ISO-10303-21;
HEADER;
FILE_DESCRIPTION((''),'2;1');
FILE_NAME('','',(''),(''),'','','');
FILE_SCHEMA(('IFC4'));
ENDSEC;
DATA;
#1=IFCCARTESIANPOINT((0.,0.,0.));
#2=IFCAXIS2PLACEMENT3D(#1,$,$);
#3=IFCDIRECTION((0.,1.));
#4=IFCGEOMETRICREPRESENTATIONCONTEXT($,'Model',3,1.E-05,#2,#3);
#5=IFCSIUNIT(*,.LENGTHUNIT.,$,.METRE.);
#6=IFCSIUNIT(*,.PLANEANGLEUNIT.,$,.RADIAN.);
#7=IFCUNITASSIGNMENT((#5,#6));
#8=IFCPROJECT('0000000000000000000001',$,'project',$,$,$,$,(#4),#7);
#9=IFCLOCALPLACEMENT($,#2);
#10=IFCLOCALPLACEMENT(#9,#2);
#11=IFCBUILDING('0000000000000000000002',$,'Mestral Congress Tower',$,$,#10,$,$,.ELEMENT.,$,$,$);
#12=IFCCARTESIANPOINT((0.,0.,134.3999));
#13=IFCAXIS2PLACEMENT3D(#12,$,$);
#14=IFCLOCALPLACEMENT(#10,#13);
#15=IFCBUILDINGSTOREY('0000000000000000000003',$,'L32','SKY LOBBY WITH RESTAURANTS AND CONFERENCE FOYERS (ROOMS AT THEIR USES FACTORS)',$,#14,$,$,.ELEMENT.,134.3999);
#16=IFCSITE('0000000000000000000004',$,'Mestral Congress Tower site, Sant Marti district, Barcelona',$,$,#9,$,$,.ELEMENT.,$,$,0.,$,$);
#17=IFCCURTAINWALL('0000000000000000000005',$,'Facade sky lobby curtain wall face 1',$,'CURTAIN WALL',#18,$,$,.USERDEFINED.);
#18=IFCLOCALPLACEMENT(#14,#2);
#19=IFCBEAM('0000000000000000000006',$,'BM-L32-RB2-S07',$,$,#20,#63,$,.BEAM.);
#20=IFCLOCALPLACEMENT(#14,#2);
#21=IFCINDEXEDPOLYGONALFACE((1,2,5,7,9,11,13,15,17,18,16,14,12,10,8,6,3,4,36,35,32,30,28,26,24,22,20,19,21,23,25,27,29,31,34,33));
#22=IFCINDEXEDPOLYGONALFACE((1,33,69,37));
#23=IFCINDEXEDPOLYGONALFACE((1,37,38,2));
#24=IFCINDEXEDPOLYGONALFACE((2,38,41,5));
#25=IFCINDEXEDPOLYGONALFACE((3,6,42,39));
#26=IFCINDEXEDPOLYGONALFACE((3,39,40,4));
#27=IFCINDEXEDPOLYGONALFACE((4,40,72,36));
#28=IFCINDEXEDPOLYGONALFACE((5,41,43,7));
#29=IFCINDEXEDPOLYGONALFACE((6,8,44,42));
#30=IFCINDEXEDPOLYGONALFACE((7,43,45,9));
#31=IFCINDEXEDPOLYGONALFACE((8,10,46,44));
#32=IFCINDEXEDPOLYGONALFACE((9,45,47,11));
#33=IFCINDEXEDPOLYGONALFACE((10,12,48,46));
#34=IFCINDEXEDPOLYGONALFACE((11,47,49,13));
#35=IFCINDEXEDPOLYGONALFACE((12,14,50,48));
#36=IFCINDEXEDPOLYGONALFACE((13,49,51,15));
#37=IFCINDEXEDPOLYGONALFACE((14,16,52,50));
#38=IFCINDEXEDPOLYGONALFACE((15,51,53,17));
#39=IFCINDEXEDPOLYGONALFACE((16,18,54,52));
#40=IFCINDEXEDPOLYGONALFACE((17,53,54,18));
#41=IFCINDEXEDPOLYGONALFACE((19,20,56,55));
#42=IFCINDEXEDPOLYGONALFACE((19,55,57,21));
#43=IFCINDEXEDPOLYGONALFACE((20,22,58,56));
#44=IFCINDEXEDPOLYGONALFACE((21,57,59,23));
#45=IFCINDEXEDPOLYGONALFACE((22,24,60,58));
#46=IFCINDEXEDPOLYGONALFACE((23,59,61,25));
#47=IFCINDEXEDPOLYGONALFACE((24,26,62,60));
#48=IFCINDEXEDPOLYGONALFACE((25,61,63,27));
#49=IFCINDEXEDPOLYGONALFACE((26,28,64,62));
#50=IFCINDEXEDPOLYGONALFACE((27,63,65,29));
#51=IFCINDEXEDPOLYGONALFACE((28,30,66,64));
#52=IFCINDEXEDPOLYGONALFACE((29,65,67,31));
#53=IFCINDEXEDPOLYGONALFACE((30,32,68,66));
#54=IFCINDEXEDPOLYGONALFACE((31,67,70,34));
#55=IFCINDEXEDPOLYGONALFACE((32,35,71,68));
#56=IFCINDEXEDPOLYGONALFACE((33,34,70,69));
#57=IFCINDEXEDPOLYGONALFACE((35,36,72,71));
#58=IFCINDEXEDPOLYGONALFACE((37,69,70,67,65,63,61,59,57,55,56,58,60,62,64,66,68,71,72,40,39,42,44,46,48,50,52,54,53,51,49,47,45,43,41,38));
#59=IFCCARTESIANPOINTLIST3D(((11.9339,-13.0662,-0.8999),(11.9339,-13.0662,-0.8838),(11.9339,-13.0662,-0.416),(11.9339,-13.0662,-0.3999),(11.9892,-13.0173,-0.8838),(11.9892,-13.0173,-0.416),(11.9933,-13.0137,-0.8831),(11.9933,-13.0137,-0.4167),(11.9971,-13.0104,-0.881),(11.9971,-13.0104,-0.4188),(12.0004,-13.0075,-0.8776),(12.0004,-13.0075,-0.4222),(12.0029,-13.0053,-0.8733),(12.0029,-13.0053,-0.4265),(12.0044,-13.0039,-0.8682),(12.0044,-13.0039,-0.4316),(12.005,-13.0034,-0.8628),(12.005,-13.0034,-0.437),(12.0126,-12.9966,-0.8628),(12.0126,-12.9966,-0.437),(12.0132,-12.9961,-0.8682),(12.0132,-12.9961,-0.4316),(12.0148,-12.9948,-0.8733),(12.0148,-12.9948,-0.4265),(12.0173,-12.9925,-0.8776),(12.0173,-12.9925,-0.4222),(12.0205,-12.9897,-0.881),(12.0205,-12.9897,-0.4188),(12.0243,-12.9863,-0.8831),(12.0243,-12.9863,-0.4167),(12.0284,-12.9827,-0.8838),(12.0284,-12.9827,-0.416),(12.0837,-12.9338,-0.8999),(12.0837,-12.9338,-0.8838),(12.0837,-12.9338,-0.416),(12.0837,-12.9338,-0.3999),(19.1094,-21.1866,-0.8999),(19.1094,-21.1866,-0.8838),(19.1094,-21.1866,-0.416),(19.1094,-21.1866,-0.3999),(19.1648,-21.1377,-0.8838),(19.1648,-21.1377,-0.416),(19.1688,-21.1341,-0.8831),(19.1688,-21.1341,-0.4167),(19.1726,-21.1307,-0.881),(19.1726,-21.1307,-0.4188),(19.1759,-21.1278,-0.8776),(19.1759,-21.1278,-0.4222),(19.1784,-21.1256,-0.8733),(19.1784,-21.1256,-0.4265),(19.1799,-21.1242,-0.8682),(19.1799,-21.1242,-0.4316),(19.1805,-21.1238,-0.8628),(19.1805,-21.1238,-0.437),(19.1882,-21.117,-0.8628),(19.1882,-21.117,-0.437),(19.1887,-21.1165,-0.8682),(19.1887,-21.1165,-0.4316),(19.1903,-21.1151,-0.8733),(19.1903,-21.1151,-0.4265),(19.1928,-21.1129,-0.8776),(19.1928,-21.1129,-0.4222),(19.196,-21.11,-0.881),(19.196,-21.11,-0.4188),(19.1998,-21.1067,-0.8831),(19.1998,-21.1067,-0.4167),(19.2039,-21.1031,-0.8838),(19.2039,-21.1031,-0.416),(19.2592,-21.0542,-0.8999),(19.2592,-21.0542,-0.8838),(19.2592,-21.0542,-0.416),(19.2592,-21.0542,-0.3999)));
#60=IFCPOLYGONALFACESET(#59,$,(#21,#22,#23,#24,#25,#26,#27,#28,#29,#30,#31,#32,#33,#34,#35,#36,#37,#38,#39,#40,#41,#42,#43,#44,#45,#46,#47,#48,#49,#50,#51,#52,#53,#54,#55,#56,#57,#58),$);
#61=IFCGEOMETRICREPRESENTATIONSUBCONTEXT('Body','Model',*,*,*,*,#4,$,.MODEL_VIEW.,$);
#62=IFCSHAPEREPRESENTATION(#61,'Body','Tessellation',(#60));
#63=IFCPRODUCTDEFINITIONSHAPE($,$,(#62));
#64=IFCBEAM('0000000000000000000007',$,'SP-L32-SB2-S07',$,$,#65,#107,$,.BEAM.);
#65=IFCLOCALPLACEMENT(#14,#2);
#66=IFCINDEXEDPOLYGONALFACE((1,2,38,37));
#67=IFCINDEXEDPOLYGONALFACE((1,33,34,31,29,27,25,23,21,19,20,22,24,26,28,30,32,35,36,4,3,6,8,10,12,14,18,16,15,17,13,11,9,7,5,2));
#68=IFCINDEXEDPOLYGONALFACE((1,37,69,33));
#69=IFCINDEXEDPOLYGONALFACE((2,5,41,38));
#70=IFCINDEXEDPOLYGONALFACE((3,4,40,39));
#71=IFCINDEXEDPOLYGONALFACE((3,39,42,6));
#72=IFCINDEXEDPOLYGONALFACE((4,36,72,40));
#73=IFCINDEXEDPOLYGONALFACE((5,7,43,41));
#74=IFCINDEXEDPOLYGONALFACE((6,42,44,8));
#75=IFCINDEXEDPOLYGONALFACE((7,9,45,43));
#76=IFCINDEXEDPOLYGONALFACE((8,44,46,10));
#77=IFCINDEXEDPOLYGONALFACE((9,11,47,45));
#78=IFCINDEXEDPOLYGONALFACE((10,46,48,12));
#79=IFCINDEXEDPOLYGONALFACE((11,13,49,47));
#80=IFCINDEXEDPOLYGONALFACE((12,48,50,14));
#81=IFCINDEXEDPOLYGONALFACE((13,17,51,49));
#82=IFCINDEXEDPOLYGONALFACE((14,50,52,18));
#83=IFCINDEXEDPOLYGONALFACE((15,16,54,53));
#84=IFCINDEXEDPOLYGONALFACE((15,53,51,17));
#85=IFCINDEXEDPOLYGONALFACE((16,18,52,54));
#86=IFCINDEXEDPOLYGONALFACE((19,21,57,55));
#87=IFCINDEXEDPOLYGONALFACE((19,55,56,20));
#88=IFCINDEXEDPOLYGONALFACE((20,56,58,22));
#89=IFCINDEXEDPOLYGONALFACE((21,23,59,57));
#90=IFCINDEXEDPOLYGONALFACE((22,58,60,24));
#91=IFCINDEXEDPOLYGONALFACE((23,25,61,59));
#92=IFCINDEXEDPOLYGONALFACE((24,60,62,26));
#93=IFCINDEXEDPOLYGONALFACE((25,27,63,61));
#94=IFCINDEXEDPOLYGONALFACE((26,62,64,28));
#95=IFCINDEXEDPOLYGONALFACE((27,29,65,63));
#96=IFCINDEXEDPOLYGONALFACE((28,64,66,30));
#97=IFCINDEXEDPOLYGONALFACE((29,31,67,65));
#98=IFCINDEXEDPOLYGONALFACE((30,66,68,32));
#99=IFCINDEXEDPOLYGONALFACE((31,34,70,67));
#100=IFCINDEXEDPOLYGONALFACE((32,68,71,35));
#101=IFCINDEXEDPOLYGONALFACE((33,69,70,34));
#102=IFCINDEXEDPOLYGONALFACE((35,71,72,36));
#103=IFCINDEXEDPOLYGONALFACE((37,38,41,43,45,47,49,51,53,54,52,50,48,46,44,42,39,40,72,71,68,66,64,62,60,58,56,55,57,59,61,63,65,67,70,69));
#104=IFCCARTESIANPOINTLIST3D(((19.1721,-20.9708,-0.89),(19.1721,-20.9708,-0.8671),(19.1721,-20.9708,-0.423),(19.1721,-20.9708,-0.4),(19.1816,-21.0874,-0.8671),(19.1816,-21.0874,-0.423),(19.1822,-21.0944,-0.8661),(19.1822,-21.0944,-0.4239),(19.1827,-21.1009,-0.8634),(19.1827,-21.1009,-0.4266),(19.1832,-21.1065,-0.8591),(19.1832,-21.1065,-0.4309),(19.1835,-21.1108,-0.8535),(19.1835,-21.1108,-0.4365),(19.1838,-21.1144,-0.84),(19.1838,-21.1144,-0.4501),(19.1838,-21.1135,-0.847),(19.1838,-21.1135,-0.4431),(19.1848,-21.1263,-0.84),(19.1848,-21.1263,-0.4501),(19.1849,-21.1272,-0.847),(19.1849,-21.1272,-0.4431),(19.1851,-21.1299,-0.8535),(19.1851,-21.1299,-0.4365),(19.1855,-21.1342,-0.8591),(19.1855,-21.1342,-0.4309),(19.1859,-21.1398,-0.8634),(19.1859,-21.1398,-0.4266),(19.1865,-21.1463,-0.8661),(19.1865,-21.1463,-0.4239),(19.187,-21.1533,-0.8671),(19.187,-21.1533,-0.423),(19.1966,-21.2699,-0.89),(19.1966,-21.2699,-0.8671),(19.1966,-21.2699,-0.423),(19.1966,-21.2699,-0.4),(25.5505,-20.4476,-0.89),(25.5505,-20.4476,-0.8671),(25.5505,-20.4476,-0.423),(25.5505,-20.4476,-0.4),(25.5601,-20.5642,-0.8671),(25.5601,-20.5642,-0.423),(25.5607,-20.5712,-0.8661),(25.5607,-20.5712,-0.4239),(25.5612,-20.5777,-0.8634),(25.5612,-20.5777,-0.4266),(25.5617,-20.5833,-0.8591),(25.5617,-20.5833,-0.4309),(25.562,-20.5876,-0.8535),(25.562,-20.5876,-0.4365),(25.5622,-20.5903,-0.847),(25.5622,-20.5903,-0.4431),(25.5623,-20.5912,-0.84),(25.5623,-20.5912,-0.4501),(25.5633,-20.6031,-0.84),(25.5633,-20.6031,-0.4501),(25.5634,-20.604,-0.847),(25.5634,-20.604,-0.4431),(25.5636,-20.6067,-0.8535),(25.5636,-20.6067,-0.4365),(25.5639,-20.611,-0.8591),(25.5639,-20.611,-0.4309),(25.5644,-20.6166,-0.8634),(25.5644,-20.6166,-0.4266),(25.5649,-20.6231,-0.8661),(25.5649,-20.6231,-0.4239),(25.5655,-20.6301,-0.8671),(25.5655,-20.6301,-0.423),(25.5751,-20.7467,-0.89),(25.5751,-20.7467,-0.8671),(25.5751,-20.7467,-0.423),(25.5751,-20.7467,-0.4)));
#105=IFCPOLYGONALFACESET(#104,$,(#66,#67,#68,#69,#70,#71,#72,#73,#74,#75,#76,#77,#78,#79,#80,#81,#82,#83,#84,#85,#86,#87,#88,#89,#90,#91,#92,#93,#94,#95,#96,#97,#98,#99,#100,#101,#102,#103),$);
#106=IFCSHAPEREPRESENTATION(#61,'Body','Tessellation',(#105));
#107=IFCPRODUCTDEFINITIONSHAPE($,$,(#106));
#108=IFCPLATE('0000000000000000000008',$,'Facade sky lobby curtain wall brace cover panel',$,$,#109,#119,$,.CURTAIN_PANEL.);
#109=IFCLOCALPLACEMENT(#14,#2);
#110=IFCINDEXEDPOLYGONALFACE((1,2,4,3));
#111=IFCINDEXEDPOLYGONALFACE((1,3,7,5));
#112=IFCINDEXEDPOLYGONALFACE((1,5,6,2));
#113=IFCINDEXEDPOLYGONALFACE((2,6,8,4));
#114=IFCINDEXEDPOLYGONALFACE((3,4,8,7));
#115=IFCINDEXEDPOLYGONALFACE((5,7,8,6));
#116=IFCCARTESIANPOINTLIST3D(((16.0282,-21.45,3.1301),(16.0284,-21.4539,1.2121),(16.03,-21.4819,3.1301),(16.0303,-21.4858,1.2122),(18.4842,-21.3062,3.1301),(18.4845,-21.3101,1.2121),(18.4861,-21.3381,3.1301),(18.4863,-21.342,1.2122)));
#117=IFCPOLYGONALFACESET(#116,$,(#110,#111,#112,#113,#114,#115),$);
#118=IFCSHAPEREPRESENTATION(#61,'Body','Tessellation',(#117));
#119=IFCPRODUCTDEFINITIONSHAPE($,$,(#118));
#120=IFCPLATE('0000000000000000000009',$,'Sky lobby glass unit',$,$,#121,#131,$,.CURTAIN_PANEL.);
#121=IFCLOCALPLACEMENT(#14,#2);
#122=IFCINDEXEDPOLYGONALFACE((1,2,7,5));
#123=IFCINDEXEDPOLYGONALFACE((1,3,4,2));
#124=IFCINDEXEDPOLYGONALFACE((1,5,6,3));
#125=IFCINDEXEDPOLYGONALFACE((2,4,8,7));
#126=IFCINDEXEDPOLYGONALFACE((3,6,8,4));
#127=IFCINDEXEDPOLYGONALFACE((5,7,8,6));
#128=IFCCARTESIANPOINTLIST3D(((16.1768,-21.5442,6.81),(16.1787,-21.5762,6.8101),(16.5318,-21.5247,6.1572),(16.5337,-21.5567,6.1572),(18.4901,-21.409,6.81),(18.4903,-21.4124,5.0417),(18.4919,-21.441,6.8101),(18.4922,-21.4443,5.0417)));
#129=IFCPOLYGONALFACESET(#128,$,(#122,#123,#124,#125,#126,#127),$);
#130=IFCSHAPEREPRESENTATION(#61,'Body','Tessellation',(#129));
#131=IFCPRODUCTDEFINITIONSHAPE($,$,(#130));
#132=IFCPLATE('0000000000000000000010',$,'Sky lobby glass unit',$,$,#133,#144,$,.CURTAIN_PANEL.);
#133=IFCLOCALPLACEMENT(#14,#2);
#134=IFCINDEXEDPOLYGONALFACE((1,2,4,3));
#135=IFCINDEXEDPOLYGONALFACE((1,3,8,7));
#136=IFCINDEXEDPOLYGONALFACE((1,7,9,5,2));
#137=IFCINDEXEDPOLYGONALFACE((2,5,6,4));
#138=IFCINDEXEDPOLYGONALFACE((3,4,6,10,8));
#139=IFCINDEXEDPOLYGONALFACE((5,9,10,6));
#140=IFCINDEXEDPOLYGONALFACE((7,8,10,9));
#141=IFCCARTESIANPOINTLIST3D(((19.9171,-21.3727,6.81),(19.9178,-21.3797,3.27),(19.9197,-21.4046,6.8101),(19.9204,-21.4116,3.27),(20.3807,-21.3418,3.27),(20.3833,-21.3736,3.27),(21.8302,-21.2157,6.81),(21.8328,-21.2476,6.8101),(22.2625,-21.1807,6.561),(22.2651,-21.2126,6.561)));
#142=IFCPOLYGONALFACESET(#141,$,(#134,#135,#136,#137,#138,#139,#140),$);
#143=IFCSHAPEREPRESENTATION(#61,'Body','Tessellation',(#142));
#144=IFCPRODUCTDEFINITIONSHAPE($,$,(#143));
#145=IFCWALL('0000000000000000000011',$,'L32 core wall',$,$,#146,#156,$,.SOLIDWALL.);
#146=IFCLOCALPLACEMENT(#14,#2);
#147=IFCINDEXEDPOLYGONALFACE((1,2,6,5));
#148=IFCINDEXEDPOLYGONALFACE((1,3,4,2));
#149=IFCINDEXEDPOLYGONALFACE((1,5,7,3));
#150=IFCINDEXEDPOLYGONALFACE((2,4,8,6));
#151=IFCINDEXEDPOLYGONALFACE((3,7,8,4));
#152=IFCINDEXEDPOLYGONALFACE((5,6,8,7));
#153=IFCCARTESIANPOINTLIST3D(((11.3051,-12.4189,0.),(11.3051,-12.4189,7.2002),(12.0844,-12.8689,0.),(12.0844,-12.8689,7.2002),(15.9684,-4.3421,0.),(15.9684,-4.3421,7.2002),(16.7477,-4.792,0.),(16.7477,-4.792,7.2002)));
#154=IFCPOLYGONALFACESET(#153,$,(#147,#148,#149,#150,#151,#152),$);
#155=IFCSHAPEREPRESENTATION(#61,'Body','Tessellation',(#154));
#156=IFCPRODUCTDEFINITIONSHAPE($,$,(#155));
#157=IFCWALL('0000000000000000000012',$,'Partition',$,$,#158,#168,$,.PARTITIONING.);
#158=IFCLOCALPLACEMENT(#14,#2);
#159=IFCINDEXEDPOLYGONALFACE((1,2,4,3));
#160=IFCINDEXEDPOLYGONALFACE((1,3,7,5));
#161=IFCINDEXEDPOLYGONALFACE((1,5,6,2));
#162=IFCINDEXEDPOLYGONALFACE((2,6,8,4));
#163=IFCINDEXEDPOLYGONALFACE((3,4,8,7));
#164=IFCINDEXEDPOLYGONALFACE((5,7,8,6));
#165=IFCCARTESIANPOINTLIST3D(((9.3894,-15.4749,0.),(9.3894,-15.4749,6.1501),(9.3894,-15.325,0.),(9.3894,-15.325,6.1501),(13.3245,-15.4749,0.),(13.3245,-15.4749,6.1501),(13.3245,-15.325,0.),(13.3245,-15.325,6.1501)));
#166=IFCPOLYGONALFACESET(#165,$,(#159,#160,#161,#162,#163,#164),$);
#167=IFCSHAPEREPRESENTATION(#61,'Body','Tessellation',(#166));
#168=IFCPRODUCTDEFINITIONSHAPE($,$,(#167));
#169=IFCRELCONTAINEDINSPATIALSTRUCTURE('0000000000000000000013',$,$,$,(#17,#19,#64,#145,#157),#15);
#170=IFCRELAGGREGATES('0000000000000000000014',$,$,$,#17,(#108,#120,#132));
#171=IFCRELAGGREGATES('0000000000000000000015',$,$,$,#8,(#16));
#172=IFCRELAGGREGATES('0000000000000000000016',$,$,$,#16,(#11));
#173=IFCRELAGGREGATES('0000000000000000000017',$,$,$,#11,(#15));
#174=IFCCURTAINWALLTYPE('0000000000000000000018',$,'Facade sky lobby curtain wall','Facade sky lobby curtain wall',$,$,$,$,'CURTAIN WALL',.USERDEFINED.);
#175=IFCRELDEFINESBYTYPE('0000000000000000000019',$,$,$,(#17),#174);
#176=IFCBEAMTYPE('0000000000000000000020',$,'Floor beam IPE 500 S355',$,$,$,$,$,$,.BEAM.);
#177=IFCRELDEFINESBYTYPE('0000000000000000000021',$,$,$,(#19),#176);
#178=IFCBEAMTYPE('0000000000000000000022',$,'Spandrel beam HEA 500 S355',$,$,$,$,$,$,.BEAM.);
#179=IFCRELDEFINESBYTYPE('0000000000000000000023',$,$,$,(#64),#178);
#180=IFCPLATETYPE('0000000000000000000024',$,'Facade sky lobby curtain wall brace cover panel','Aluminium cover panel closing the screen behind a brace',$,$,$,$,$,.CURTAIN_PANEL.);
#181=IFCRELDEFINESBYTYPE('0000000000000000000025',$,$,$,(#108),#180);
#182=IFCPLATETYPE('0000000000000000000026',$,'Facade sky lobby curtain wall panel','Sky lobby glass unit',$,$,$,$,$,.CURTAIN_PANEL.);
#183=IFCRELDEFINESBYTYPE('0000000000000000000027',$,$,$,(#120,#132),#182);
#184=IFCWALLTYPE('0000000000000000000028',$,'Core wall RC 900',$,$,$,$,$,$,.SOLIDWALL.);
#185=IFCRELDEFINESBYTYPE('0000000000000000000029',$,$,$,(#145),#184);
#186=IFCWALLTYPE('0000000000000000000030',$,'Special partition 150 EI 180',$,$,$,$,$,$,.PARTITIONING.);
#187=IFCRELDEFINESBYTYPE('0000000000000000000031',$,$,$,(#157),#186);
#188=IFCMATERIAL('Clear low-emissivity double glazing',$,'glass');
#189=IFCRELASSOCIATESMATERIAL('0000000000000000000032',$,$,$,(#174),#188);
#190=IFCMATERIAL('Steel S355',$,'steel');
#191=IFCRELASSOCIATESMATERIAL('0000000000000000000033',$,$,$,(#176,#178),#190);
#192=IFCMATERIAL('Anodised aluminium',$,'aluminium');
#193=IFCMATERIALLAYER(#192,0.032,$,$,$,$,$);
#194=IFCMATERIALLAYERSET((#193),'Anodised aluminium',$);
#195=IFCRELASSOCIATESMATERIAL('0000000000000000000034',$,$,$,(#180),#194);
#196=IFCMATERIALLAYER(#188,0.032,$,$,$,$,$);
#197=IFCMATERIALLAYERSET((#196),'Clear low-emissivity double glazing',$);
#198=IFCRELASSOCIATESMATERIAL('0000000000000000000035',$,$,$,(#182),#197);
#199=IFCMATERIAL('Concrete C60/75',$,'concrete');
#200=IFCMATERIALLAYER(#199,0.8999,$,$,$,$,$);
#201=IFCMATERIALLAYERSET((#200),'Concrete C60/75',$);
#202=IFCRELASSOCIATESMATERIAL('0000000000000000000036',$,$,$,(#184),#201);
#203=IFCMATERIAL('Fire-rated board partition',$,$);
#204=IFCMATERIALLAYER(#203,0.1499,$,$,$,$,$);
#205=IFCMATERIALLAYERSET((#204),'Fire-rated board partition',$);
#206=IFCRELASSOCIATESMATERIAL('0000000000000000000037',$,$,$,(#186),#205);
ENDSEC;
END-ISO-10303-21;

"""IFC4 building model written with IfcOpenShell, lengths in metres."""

from ifc_helpers import new_model, si_unit, direction, frame, frame_2d, origin, origin_2d, place, context, subcontext, project, spatial, polyline, rectangle, i_section, outline, extrude, material, layer, layer_set, material_profile, profile_set, type_object, element, aggregate, save


model = new_model("IFC4")

# Units and contexts
model_context = context("Model", 3, precision=1e-05, world=origin(), true_north=direction((0.0, 1.0)))
body_context = subcontext(model_context, "Body", "Model", "MODEL_VIEW")
ifc_project = project(units=[si_unit("LENGTHUNIT", "METRE"), si_unit("PLANEANGLEUNIT", "RADIAN")], contexts=[model_context])

# Site, building, storey
site_placement = place(None, origin())
site = spatial("IfcSite", under=ifc_project, at=site_placement, Name="Mestral Congress Tower site, Sant Marti district, Barcelona", CompositionType="ELEMENT", RefElevation=0.0)
building_placement = place(site_placement, origin())
building = spatial("IfcBuilding", under=site, at=building_placement, Name="Mestral Congress Tower", CompositionType="ELEMENT")
storey_placement = place(building_placement, frame((0.0, 0.0, 134.3999)))
storey = spatial("IfcBuildingStorey", under=building, at=storey_placement, Name="L32", Description="SKY LOBBY WITH RESTAURANTS AND CONFERENCE FOYERS (ROOMS AT THEIR USES FACTORS)", CompositionType="ELEMENT", Elevation=134.3999)

# Shared definitions
ifc_material_1 = material(Name="Steel S355", Category="steel")

# Curtain wall
ifc_material_2 = material(Name="Clear low-emissivity double glazing", Category="glass")
curtain_wall_type = type_object("IfcCurtainWallType", Name="Facade sky lobby curtain wall", Description="Facade sky lobby curtain wall", ElementType="CURTAIN WALL", PredefinedType="USERDEFINED", material=ifc_material_2)
curtain_wall_placement = place(storey_placement, origin())
curtain_wall = element("IfcCurtainWall", 1, at=curtain_wall_placement, inside=storey, type_object=curtain_wall_type, Name="Facade sky lobby curtain wall face 1", ObjectType="CURTAIN WALL", PredefinedType="USERDEFINED")
ifc_material_3 = material(Name="Anodised aluminium", Category="aluminium")

# Beams
ifc_material_profile_1 = material_profile(ifc_material_1, i_section(OverallWidth=0.2, OverallDepth=0.5, WebThickness=0.0103, FlangeThickness=0.0161, FilletRadius=0.021, at=origin_2d()), Name="IPE 500")
ifc_profile_set_1 = profile_set([ifc_material_profile_1], Name="Steel S355")
beam_type_1 = type_object("IfcBeamType", Name="Floor beam IPE 500 S355", PredefinedType="BEAM", material=ifc_profile_set_1)
beam_1_placement = place(storey_placement, frame((19.1843, -21.1204, -0.6499), z_axis=(-0.662167, 0.749356, 0.0), x_axis=(-0.749356, -0.662167, 0.0)))
element("IfcBeam", 2, at=beam_1_placement, inside=storey, type_object=beam_type_1, Name="BM-L32-RB2-S07", PredefinedType="BEAM", context=body_context, shape_type="SweptSolid", body=[
    extrude(i_section(OverallWidth=0.2, OverallDepth=0.5, WebThickness=0.0103, FlangeThickness=0.0161, FilletRadius=0.021, at=origin_2d()), origin(), (0.0, 0.0, 1.0), 10.8364),
])
ifc_material_profile_2 = material_profile(ifc_material_1, i_section(OverallWidth=0.3, OverallDepth=0.49, WebThickness=0.012, FlangeThickness=0.0229, FilletRadius=0.0271, at=origin_2d()), Name="HEA 500")
ifc_profile_set_2 = profile_set([ifc_material_profile_2], Name="Steel S355")
beam_type_2 = type_object("IfcBeamType", Name="Spandrel beam HEA 500 S355", PredefinedType="BEAM", material=ifc_profile_set_2)
beam_2_placement = place(storey_placement, frame((19.1843, -21.1204, -0.645), z_axis=(0.996653, 0.081751, 0.0), x_axis=(-0.081751, 0.996653, 0.0)))
element("IfcBeam", 3, at=beam_2_placement, inside=storey, type_object=beam_type_2, Name="SP-L32-SB2-S07", PredefinedType="BEAM", context=body_context, shape_type="SweptSolid", body=[
    extrude(i_section(OverallWidth=0.3, OverallDepth=0.49, WebThickness=0.012, FlangeThickness=0.0229, FilletRadius=0.0271, at=origin_2d()), origin(), (0.0, 0.0, 1.0), 6.3999),
])

# Plates
ifc_layer_1 = layer(ifc_material_3, 0.032)
ifc_layer_set_1 = layer_set([ifc_layer_1], Name="Anodised aluminium")
plate_type_1 = type_object("IfcPlateType", Name="Facade sky lobby curtain wall brace cover panel", Description="Aluminium cover panel closing the screen behind a brace", PredefinedType="CURTAIN_PANEL", material=ifc_layer_set_1)
plate_1_placement = place(storey_placement, frame((18.4861, -21.3381, 3.1301), z_axis=(0.058448, -0.998288, 0.002041), x_axis=(0.000127, -0.002037, -0.999998)))
plate_1 = element("IfcPlate", 4, at=plate_1_placement, type_object=plate_type_1, Name="Facade sky lobby curtain wall brace cover panel", PredefinedType="CURTAIN_PANEL", context=body_context, shape_type="SweptSolid", body=[
    extrude(outline(polyline([(0.0, 0.0), (1.918, 0.0), (1.918, -2.4603), (0.0, -2.4603), (0.0, 0.0)])), origin(), (0.0, 0.0, -1.0), 0.032),
])
ifc_layer_2 = layer(ifc_material_2, 0.032)
ifc_layer_set_2 = layer_set([ifc_layer_2], Name="Clear low-emissivity double glazing")
plate_type_2 = type_object("IfcPlateType", Name="Facade sky lobby curtain wall panel", Description="Sky lobby glass unit", PredefinedType="CURTAIN_PANEL", material=ifc_layer_set_2)
plate_2_placement = place(storey_placement, frame((18.4922, -21.4443, 5.0417), z_axis=(0.058355, -0.998294, 0.001918), x_axis=(-0.867865, -0.049781, 0.4943)))
plate_2 = element("IfcPlate", 5, at=plate_2_placement, type_object=plate_type_2, Name="Sky lobby glass unit", PredefinedType="CURTAIN_PANEL", context=body_context, shape_type="SweptSolid", body=[
    extrude(outline(polyline([(0.0, 0.0), (2.2567, 0.0), (2.8884, -0.3918), (0.8741, -1.5372), (0.0, 0.0)])), origin(), (0.0, 0.0, -1.0), 0.032),
])
plate_3_placement = place(storey_placement, frame((19.9204, -21.4116, 3.27), z_axis=(0.081792, -0.996647, 0.001996), x_axis=(-0.000206, 0.001986, 0.999998)))
plate_3 = element("IfcPlate", 6, at=plate_3_placement, type_object=plate_type_2, Name="Sky lobby glass unit", PredefinedType="CURTAIN_PANEL", context=body_context, shape_type="SweptSolid", body=[
    extrude(outline(polyline([(0.0, 0.0), (3.54, 0.0), (3.54, -1.9195), (3.2909, -2.3533), (0.0, -0.4645), (0.0, 0.0)])), origin(), (0.0, 0.0, -1.0), 0.032),
])
aggregate(curtain_wall, [plate_1, plate_2, plate_3])

# Walls
ifc_material_4 = material(Name="Concrete C60/75", Category="concrete")
ifc_layer_3 = layer(ifc_material_4, 0.8999)
ifc_layer_set_3 = layer_set([ifc_layer_3], Name="Concrete C60/75")
wall_type_1 = type_object("IfcWallType", Name="Core wall RC 900", PredefinedType="SOLIDWALL", material=ifc_layer_set_3)
wall_1_placement = place(storey_placement, frame((11.6948, -12.6438, 0.0), z_axis=(0.0, 0.0, 1.0), x_axis=(0.50001, 0.866019, 0.0)))
element("IfcWall", 7, at=wall_1_placement, inside=storey, type_object=wall_type_1, Name="L32 core wall", PredefinedType="SOLIDWALL", context=body_context, shape_type="SweptSolid", body=[
    extrude(rectangle(XDim=9.3264, YDim=0.8999, at=frame_2d((4.6631, 0.0))), origin(), (0.0, 0.0, 1.0), 7.2002),
])
ifc_material_5 = material(Name="Fire-rated board partition")
ifc_layer_4 = layer(ifc_material_5, 0.1499)
ifc_layer_set_4 = layer_set([ifc_layer_4], Name="Fire-rated board partition")
wall_type_2 = type_object("IfcWallType", Name="Special partition 150 EI 180", PredefinedType="PARTITIONING", material=ifc_layer_set_4)
wall_2_placement = place(storey_placement, frame((13.3245, -15.3999, 0.0), z_axis=(0.0, 0.0, 1.0), x_axis=(-1.0, 0.0, 0.0)))
element("IfcWall", 8, at=wall_2_placement, inside=storey, type_object=wall_type_2, Name="Partition", PredefinedType="PARTITIONING", context=body_context, shape_type="SweptSolid", body=[
    extrude(rectangle(XDim=3.9351, YDim=0.1499, at=frame_2d((1.9675, 0.0))), origin(), (0.0, 0.0, 1.0), 6.1501),
])

save(model, "model.ifc")
